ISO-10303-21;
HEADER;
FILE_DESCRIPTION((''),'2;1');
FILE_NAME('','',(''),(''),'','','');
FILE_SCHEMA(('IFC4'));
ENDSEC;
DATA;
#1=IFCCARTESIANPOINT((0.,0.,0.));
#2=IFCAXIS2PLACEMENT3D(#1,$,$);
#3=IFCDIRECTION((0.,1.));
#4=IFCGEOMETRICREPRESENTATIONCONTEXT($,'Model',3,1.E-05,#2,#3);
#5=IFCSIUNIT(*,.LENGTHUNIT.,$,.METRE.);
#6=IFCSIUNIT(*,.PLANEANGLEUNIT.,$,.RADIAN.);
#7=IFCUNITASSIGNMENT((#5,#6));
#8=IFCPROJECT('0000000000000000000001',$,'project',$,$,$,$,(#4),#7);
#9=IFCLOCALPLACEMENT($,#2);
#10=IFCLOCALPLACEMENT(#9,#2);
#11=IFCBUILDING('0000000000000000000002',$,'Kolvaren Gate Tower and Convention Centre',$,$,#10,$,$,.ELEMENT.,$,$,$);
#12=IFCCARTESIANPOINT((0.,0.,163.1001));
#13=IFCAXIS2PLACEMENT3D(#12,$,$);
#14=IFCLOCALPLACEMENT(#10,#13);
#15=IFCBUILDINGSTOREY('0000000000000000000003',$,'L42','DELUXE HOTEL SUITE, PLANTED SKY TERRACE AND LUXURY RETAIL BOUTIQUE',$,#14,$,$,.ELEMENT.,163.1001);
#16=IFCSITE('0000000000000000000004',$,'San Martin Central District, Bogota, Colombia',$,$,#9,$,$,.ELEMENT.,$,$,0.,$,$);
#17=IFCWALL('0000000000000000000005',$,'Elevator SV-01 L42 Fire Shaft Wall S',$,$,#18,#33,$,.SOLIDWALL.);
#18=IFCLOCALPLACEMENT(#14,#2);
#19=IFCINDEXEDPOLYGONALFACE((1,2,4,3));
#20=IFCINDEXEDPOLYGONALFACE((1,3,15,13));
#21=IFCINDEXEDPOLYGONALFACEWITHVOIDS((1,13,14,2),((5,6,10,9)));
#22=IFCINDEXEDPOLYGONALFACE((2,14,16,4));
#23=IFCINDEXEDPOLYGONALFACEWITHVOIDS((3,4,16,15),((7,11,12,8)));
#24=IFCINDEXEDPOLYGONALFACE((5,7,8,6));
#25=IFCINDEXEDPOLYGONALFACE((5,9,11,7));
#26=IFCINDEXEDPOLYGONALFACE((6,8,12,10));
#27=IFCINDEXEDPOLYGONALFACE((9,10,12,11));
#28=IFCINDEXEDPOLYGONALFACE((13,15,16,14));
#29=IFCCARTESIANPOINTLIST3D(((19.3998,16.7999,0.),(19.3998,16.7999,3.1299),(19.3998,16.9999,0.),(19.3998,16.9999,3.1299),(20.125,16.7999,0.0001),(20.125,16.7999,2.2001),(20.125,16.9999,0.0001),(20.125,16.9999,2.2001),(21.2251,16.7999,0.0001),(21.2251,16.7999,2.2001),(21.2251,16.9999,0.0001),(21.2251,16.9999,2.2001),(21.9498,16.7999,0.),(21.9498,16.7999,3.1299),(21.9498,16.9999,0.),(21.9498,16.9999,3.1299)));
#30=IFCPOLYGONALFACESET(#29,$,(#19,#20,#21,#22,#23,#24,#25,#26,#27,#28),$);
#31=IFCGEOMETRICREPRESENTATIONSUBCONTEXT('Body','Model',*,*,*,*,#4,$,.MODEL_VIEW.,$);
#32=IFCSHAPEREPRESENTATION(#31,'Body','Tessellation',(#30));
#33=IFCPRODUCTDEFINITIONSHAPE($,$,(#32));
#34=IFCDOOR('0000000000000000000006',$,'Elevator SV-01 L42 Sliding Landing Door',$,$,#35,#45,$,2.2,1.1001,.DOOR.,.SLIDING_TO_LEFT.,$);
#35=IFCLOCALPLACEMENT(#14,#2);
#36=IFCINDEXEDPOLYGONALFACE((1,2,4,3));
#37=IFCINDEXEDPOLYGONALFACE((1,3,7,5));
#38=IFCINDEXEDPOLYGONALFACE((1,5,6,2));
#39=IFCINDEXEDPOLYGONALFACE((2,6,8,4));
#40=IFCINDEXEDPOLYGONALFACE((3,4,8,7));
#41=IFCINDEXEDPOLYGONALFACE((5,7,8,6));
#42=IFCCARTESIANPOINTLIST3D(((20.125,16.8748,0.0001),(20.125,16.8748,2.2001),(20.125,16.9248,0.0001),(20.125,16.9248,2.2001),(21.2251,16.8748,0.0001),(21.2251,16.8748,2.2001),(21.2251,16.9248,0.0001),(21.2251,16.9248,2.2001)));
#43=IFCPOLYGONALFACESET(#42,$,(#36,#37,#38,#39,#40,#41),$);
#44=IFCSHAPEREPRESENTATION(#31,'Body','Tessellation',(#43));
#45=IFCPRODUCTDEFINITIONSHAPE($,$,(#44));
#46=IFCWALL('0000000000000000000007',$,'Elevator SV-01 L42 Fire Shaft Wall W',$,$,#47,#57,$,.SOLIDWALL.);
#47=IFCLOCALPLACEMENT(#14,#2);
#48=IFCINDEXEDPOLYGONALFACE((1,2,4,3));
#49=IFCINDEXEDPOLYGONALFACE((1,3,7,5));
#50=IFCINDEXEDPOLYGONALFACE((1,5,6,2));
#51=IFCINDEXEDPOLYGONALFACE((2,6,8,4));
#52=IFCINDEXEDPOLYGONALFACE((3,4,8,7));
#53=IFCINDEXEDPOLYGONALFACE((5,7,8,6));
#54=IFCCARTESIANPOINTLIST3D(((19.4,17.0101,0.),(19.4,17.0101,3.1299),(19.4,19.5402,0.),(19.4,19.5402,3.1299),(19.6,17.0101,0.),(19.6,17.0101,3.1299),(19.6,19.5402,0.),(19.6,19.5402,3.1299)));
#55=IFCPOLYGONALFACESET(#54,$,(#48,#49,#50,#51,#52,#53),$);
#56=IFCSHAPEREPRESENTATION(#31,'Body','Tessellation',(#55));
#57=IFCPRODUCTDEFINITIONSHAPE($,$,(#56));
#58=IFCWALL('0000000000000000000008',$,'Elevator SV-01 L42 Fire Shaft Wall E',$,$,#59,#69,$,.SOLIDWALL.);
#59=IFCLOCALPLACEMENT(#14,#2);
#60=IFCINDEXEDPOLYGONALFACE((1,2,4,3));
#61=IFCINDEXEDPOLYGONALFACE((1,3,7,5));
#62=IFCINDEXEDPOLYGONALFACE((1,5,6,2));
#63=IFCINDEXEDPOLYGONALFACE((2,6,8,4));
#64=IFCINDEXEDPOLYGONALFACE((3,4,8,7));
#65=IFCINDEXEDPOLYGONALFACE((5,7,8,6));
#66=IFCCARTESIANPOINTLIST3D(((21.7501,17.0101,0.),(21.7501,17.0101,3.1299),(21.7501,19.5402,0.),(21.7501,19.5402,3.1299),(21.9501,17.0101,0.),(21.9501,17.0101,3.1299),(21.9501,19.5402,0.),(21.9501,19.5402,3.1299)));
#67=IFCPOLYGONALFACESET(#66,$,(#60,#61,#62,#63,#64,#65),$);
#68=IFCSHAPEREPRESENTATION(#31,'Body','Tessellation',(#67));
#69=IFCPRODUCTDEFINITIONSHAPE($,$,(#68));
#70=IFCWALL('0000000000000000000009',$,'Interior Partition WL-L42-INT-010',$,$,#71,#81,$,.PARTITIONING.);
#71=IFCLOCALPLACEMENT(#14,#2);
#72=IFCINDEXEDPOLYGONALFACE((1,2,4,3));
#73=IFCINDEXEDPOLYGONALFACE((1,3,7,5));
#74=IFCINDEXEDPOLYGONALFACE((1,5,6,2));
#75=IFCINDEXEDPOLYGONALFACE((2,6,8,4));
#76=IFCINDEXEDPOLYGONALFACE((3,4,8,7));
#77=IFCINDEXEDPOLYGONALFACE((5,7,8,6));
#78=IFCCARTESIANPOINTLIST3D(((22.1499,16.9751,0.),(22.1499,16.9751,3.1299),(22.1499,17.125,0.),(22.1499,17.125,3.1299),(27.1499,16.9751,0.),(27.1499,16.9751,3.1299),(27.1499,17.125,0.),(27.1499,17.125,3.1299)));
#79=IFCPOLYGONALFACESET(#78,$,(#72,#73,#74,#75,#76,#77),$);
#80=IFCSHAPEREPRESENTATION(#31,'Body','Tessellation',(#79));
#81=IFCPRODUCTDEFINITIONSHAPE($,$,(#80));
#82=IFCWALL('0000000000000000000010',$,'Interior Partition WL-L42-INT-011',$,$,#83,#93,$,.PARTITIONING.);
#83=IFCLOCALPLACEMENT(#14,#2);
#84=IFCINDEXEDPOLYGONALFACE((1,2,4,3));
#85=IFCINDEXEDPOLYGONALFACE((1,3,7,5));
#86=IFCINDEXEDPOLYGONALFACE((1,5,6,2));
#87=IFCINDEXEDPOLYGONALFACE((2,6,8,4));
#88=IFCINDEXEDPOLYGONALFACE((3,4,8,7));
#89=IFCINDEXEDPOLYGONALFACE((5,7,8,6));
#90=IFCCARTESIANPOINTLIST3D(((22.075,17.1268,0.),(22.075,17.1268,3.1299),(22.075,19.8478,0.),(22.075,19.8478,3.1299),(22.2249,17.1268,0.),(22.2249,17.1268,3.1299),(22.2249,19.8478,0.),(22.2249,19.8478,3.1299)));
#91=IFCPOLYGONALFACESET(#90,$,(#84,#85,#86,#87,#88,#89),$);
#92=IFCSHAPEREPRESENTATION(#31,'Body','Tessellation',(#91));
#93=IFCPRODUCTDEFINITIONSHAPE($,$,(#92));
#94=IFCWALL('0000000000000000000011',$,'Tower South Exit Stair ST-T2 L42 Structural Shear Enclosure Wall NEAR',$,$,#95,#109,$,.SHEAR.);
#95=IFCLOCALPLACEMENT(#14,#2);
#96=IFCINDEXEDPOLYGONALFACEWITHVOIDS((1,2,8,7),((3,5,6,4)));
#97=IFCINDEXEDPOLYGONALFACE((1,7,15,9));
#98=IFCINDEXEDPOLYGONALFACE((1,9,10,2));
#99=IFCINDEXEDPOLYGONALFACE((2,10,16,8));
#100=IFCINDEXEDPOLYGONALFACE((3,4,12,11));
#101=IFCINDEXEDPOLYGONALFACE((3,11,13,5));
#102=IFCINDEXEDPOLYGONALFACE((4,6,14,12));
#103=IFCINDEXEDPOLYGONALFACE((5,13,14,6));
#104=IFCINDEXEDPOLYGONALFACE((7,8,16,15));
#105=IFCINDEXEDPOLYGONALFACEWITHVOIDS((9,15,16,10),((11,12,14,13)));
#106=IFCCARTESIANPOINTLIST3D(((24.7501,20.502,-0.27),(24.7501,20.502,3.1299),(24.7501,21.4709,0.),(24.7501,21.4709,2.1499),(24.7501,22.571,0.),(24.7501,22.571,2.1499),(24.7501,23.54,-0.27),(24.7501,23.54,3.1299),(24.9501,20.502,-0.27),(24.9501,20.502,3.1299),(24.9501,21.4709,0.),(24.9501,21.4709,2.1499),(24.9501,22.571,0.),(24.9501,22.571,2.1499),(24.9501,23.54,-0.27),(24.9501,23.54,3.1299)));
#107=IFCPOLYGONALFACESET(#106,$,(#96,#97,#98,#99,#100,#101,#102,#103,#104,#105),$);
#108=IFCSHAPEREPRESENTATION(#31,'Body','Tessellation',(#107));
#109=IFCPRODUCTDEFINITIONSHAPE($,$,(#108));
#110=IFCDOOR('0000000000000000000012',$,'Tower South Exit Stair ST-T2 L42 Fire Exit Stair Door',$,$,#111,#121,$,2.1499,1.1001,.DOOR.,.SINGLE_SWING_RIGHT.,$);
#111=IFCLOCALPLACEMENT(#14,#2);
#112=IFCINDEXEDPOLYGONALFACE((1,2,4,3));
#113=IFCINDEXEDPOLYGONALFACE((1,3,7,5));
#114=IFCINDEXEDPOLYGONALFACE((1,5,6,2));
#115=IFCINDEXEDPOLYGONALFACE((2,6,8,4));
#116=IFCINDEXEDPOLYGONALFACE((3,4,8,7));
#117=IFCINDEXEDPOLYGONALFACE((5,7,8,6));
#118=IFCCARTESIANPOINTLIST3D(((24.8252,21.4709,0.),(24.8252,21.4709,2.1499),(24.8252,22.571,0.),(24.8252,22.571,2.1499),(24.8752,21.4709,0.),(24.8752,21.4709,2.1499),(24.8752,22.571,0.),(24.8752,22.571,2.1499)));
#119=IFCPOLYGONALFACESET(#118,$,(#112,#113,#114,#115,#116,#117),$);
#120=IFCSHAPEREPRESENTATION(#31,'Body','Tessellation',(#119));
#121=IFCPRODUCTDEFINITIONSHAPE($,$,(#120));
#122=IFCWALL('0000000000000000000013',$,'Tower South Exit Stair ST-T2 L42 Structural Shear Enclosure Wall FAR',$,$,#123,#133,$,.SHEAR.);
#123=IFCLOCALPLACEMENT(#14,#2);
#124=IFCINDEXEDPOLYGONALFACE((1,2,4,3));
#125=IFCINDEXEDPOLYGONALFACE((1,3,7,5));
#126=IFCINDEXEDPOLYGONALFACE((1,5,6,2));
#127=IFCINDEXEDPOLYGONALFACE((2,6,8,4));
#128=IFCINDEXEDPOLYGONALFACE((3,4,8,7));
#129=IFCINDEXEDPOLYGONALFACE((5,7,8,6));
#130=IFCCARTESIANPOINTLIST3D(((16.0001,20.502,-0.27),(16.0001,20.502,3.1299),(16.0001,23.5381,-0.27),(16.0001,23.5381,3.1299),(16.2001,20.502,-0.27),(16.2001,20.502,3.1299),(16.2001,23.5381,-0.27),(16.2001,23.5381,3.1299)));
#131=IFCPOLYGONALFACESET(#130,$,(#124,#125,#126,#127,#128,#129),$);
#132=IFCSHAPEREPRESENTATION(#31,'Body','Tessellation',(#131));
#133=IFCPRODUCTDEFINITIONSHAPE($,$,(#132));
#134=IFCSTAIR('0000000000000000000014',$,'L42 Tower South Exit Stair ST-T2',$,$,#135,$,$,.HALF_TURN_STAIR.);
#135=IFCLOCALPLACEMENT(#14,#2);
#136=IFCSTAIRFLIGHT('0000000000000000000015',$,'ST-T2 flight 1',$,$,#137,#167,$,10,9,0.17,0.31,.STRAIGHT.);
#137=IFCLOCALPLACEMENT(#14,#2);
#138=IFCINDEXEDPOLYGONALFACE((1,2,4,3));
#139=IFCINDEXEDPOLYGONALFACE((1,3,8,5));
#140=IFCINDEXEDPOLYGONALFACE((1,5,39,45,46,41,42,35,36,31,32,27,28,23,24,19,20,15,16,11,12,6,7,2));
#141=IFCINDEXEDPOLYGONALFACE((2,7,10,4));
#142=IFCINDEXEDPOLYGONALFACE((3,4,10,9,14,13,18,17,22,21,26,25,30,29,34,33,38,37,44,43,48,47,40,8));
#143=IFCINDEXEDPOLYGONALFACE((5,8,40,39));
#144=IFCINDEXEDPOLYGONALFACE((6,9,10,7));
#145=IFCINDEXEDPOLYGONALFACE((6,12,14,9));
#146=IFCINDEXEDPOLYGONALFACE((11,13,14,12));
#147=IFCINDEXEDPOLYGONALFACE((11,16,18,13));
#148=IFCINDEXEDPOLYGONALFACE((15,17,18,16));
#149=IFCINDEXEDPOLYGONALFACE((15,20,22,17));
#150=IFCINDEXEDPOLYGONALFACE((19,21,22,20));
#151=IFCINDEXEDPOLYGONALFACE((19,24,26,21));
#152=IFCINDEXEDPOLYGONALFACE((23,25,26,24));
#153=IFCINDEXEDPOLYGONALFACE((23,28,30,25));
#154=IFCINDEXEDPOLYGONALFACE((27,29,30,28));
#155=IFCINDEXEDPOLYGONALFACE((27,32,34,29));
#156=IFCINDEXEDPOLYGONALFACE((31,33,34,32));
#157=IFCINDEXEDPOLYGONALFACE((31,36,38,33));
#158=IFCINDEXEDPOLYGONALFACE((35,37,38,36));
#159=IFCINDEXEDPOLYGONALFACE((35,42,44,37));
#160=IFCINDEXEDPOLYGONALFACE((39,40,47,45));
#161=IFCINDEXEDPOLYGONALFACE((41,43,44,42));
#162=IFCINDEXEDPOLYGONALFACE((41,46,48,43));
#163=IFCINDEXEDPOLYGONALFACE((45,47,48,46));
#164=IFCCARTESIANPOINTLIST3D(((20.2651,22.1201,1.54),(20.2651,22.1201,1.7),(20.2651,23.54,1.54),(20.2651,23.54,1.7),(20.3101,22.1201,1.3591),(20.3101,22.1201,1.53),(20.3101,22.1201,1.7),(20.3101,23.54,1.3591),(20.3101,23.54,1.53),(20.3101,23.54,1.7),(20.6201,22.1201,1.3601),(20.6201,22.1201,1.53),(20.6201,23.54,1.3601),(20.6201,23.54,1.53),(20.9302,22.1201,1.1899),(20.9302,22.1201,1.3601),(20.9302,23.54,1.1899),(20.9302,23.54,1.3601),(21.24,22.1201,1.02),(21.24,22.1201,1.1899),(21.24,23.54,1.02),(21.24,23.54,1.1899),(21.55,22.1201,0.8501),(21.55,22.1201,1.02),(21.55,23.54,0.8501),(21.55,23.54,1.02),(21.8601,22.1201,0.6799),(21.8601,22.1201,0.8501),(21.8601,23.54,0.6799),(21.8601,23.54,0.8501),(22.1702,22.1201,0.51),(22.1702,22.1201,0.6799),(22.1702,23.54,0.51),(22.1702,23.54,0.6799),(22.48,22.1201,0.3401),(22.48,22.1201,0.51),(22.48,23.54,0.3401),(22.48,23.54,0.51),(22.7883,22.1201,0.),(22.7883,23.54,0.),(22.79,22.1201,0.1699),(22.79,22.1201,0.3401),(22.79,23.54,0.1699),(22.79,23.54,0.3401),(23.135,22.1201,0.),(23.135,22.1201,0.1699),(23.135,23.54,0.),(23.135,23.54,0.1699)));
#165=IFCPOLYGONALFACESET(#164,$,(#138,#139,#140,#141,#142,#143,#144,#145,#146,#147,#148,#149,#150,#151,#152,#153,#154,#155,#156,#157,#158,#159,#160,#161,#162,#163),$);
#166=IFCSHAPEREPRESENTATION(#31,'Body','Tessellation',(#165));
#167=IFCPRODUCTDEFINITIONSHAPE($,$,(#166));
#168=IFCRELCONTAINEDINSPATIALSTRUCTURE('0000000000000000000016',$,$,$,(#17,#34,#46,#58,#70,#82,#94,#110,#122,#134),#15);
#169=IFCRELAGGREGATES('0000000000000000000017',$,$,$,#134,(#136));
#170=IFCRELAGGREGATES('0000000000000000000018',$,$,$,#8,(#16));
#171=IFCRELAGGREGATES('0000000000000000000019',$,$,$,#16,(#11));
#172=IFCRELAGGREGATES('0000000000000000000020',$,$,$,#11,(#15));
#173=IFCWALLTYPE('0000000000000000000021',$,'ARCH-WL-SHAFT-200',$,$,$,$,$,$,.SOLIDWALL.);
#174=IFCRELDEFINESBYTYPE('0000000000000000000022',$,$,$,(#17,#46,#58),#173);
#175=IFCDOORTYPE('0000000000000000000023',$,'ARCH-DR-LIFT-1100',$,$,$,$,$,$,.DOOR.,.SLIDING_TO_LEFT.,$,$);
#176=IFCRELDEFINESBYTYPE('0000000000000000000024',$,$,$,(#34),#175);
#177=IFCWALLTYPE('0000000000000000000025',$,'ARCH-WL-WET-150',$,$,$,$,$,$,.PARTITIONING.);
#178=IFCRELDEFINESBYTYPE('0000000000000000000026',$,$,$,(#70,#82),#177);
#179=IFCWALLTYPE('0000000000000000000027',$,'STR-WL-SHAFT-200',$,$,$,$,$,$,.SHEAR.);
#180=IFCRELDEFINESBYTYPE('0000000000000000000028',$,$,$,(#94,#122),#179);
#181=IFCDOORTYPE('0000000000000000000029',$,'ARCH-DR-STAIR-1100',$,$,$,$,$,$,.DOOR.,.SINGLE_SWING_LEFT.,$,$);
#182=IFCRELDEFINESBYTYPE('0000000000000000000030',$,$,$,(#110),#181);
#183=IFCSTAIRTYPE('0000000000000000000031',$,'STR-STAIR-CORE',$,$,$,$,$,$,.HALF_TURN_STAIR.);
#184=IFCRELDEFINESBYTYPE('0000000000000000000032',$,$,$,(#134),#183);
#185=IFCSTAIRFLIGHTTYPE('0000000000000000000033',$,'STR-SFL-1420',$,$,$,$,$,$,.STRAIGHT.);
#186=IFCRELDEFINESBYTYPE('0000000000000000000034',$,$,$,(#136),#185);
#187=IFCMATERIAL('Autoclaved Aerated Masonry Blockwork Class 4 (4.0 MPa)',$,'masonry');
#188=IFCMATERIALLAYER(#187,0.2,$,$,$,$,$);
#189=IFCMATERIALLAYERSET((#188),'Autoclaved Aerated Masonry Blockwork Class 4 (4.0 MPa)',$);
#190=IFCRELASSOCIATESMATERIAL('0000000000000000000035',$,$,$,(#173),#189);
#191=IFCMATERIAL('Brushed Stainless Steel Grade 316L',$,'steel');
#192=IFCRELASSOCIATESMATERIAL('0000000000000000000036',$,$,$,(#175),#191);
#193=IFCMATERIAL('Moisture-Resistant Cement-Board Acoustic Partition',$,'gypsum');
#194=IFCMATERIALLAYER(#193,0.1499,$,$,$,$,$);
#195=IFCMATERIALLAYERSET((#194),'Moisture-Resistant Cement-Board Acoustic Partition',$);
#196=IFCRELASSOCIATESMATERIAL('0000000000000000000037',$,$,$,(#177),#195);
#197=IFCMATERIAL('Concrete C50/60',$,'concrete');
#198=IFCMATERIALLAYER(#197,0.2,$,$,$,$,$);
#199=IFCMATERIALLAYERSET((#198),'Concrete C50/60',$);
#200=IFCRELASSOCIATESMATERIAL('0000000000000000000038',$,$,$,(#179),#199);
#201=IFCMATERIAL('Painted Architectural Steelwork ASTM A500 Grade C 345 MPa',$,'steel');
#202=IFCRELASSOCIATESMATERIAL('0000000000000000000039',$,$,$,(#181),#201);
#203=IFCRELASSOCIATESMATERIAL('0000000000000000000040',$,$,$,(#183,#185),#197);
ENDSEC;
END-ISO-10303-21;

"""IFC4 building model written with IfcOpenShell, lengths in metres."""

from ifc_helpers import new_model, si_unit, direction, frame, frame_2d, origin, place, context, subcontext, project, spatial, polyline, rectangle, outline, extrude, material, layer, layer_set, type_object, element, fill, aggregate, save


model = new_model("IFC4")

# Units and contexts
model_context = context("Model", 3, precision=1e-05, world=origin(), true_north=direction((0.0, 1.0)))
body_context = subcontext(model_context, "Body", "Model", "MODEL_VIEW")
ifc_project = project(units=[si_unit("LENGTHUNIT", "METRE"), si_unit("PLANEANGLEUNIT", "RADIAN")], contexts=[model_context])

# Site, building, storey
site_placement = place(None, origin())
site = spatial("IfcSite", under=ifc_project, at=site_placement, Name="San Martin Central District, Bogota, Colombia", CompositionType="ELEMENT", RefElevation=0.0)
building_placement = place(site_placement, origin())
building = spatial("IfcBuilding", under=site, at=building_placement, Name="Kolvaren Gate Tower and Convention Centre", CompositionType="ELEMENT")
storey_placement = place(building_placement, frame((0.0, 0.0, 163.1001)))
storey = spatial("IfcBuildingStorey", under=building, at=storey_placement, Name="L42", Description="DELUXE HOTEL SUITE, PLANTED SKY TERRACE AND LUXURY RETAIL BOUTIQUE", CompositionType="ELEMENT", Elevation=163.1001)

# Shared definitions
ifc_material_1 = material(Name="Autoclaved Aerated Masonry Blockwork Class 4 (4.0 MPa)", Category="masonry")
ifc_layer_1 = layer(ifc_material_1, 0.2)
ifc_layer_set_1 = layer_set([ifc_layer_1], Name="Autoclaved Aerated Masonry Blockwork Class 4 (4.0 MPa)")
wall_type_1 = type_object("IfcWallType", Name="ARCH-WL-SHAFT-200", PredefinedType="SOLIDWALL", material=ifc_layer_set_1)

# Shared definitions
ifc_material_2 = material(Name="Brushed Stainless Steel Grade 316L", Category="steel")
door_type_1 = type_object("IfcDoorType", Name="ARCH-DR-LIFT-1100", OperationType="SLIDING_TO_LEFT", PredefinedType="DOOR", material=ifc_material_2)

# Wall, opening, door
wall_1_placement = place(storey_placement, frame((19.3999, 16.8999, 0.0), z_axis=(0.0, 0.0, 1.0), x_axis=(1.0, 0.0, 0.0)))
wall_1 = element("IfcWall", 1, at=wall_1_placement, inside=storey, type_object=wall_type_1, Name="Elevator SV-01 L42 Fire Shaft Wall S", PredefinedType="SOLIDWALL", context=body_context, shape_type="SweptSolid", body=[
    extrude(rectangle(XDim=2.55, YDim=0.2, at=frame_2d((1.2749, 0.0))), origin(), (0.0, 0.0, 1.0), 3.1299),
])
opening_1_placement = place(wall_1_placement, frame((0.7251, 0.0, 0.0)))
opening_1 = element("IfcOpeningElement", 2, at=opening_1_placement, cuts=wall_1, PredefinedType="OPENING", context=body_context, shape_type="SweptSolid", body=[
    extrude(rectangle(XDim=1.1001, YDim=2.2, at=frame_2d((0.55, 1.1001))), frame((0.0, 0.1099, 0.0), z_axis=(0.0, -1.0, 0.0), x_axis=(1.0, 0.0, 0.0)), (0.0, 0.0, 1.0), 0.22),
])
door_1_placement = place(opening_1_placement, origin())
door_1 = element("IfcDoor", 3, at=door_1_placement, inside=storey, type_object=door_type_1, Name="Elevator SV-01 L42 Sliding Landing Door", OperationType="SLIDING_TO_LEFT", OverallHeight=2.2, OverallWidth=1.1001, PredefinedType="DOOR", context=body_context, shape_type="SweptSolid", body=[
    extrude(rectangle(XDim=1.1001, YDim=2.2, at=frame_2d((0.55, 1.1001))), frame((0.0, 0.0249, 0.0), z_axis=(0.0, -1.0, 0.0), x_axis=(1.0, 0.0, 0.0)), (0.0, 0.0, 1.0), 0.05),
])
fill(opening_1, door_1)

# Walls
for number, where, z_axis, x_axis, name in (
    (4, (19.5, 17.01, 0.0), (0.0, 0.0, 1.0), (0.0, 1.0, 0.0), "Elevator SV-01 L42 Fire Shaft Wall W"),
    (5, (21.8501, 17.01, 0.0), (0.0, 0.0, 1.0), (0.0, 1.0, 0.0), "Elevator SV-01 L42 Fire Shaft Wall E"),
):
    element("IfcWall", number, at=place(storey_placement, frame(where, z_axis=z_axis, x_axis=x_axis)), inside=storey, type_object=wall_type_1, Name=name, PredefinedType="SOLIDWALL", context=body_context, shape_type="SweptSolid", body=[
        extrude(rectangle(XDim=2.53, YDim=0.2, at=frame_2d((1.2651, 0.0))), origin(), (0.0, 0.0, 1.0), 3.1299),
    ])
ifc_material_3 = material(Name="Moisture-Resistant Cement-Board Acoustic Partition", Category="gypsum")
ifc_layer_2 = layer(ifc_material_3, 0.1499)
ifc_layer_set_2 = layer_set([ifc_layer_2], Name="Moisture-Resistant Cement-Board Acoustic Partition")
wall_type_2 = type_object("IfcWallType", Name="ARCH-WL-WET-150", PredefinedType="PARTITIONING", material=ifc_layer_set_2)
wall_2_placement = place(storey_placement, frame((22.1499, 17.05, 0.0), z_axis=(0.0, 0.0, 1.0), x_axis=(1.0, 0.0, 0.0)))
element("IfcWall", 6, at=wall_2_placement, inside=storey, type_object=wall_type_2, Name="Interior Partition WL-L42-INT-010", PredefinedType="PARTITIONING", context=body_context, shape_type="SweptSolid", body=[
    extrude(rectangle(XDim=5.0, YDim=0.1499, at=frame_2d((2.5, 0.0))), origin(), (0.0, 0.0, 1.0), 3.1299),
])
wall_3_placement = place(storey_placement, frame((22.1499, 17.127, 0.0), z_axis=(0.0, 0.0, 1.0), x_axis=(0.0, 1.0, 0.0)))
element("IfcWall", 7, at=wall_3_placement, inside=storey, type_object=wall_type_2, Name="Interior Partition WL-L42-INT-011", PredefinedType="PARTITIONING", context=body_context, shape_type="SweptSolid", body=[
    extrude(rectangle(XDim=2.7209, YDim=0.1499, at=frame_2d((1.3604, 0.0))), origin(), (0.0, 0.0, 1.0), 3.1299),
])

# Wall, opening, door
ifc_material_4 = material(Name="Concrete C50/60", Category="concrete")
ifc_layer_3 = layer(ifc_material_4, 0.2)
ifc_layer_set_3 = layer_set([ifc_layer_3], Name="Concrete C50/60")
wall_type_3 = type_object("IfcWallType", Name="STR-WL-SHAFT-200", PredefinedType="SHEAR", material=ifc_layer_set_3)
wall_4_placement = place(storey_placement, frame((24.8501, 20.502, -0.27), z_axis=(0.0, 0.0, 1.0), x_axis=(0.0, 1.0, 0.0)))
wall_4 = element("IfcWall", 8, at=wall_4_placement, inside=storey, type_object=wall_type_3, Name="Tower South Exit Stair ST-T2 L42 Structural Shear Enclosure Wall NEAR", PredefinedType="SHEAR", context=body_context, shape_type="SweptSolid", body=[
    extrude(rectangle(XDim=3.0381, YDim=0.2, at=frame_2d((1.519, 0.0))), origin(), (0.0, 0.0, 1.0), 3.3999),
])
opening_2_placement = place(wall_4_placement, frame((0.969, 0.0, 0.27)))
opening_2 = element("IfcOpeningElement", 9, at=opening_2_placement, cuts=wall_4, PredefinedType="OPENING", context=body_context, shape_type="SweptSolid", body=[
    extrude(rectangle(XDim=1.1001, YDim=2.1499, at=frame_2d((0.55, 1.075))), frame((0.0, 0.1099, 0.0), z_axis=(0.0, -1.0, 0.0), x_axis=(1.0, 0.0, 0.0)), (0.0, 0.0, 1.0), 0.22),
])
ifc_material_5 = material(Name="Painted Architectural Steelwork ASTM A500 Grade C 345 MPa", Category="steel")
door_type_2 = type_object("IfcDoorType", Name="ARCH-DR-STAIR-1100", OperationType="SINGLE_SWING_LEFT", PredefinedType="DOOR", material=ifc_material_5)
door_2_placement = place(opening_2_placement, origin())
door_2 = element("IfcDoor", 10, at=door_2_placement, inside=storey, type_object=door_type_2, Name="Tower South Exit Stair ST-T2 L42 Fire Exit Stair Door", OperationType="SINGLE_SWING_RIGHT", OverallHeight=2.1499, OverallWidth=1.1001, PredefinedType="DOOR", context=body_context, shape_type="SweptSolid", body=[
    extrude(rectangle(XDim=1.1001, YDim=2.1499, at=frame_2d((0.55, 1.075))), frame((0.0, 0.0249, 0.0), z_axis=(0.0, -1.0, 0.0), x_axis=(1.0, 0.0, 0.0)), (0.0, 0.0, 1.0), 0.05),
])
fill(opening_2, door_2)

# Wall
wall_5_placement = place(storey_placement, frame((16.1001, 20.502, -0.27), z_axis=(0.0, 0.0, 1.0), x_axis=(0.0, 1.0, 0.0)))
element("IfcWall", 11, at=wall_5_placement, inside=storey, type_object=wall_type_3, Name="Tower South Exit Stair ST-T2 L42 Structural Shear Enclosure Wall FAR", PredefinedType="SHEAR", context=body_context, shape_type="SweptSolid", body=[
    extrude(rectangle(XDim=3.0361, YDim=0.2, at=frame_2d((1.5181, 0.0))), origin(), (0.0, 0.0, 1.0), 3.3999),
])

# Stair, stair flight
stair_type = type_object("IfcStairType", Name="STR-STAIR-CORE", PredefinedType="HALF_TURN_STAIR", material=ifc_material_4)
stair_placement = place(storey_placement, origin())
stair = element("IfcStair", 12, at=stair_placement, inside=storey, type_object=stair_type, Name="L42 Tower South Exit Stair ST-T2", PredefinedType="HALF_TURN_STAIR")
stair_flight_type = type_object("IfcStairFlightType", Name="STR-SFL-1420", PredefinedType="STRAIGHT", material=ifc_material_4)
stair_flight_1_placement = place(storey_placement, frame((23.1001, 22.8301, 0.0), z_axis=(0.0, 0.0, 1.0), x_axis=(-1.0, 0.0, 0.0)))
stair_flight_1 = element("IfcStairFlight", 13, at=stair_flight_1_placement, type_object=stair_flight_type, Name="ST-T2 flight 1", NumberOfRisers=10, NumberOfTreads=9, PredefinedType="STRAIGHT", RiserHeight=0.17, TreadLength=0.31, context=body_context, shape_type="SweptSolid", body=[
    extrude(outline(polyline([(-0.0349, 0.0), (-0.0349, 0.1699), (0.3101, 0.1699), (0.3101, 0.3401), (0.6201, 0.3401), (0.6201, 0.51), (0.9299, 0.51), (0.9299, 0.6799), (1.24, 0.6799), (1.24, 0.8501), (1.55, 0.8501), (1.55, 1.02), (1.8601, 1.02), (1.8601, 1.1899), (2.1699, 1.1899), (2.1699, 1.3601), (2.48, 1.3601), (2.48, 1.53), (2.79, 1.53), (2.79, 1.7), (2.835, 1.7), (2.835, 1.54), (2.79, 1.3591), (0.3118, 0.0), (-0.0349, 0.0)])), frame((0.0, 0.71, 0.0), z_axis=(0.0, -1.0, 0.0), x_axis=(1.0, 0.0, 0.0)), (0.0, 0.0, 1.0), 1.4199),
])
aggregate(stair, [stair_flight_1])

save(model, "model.ifc")
